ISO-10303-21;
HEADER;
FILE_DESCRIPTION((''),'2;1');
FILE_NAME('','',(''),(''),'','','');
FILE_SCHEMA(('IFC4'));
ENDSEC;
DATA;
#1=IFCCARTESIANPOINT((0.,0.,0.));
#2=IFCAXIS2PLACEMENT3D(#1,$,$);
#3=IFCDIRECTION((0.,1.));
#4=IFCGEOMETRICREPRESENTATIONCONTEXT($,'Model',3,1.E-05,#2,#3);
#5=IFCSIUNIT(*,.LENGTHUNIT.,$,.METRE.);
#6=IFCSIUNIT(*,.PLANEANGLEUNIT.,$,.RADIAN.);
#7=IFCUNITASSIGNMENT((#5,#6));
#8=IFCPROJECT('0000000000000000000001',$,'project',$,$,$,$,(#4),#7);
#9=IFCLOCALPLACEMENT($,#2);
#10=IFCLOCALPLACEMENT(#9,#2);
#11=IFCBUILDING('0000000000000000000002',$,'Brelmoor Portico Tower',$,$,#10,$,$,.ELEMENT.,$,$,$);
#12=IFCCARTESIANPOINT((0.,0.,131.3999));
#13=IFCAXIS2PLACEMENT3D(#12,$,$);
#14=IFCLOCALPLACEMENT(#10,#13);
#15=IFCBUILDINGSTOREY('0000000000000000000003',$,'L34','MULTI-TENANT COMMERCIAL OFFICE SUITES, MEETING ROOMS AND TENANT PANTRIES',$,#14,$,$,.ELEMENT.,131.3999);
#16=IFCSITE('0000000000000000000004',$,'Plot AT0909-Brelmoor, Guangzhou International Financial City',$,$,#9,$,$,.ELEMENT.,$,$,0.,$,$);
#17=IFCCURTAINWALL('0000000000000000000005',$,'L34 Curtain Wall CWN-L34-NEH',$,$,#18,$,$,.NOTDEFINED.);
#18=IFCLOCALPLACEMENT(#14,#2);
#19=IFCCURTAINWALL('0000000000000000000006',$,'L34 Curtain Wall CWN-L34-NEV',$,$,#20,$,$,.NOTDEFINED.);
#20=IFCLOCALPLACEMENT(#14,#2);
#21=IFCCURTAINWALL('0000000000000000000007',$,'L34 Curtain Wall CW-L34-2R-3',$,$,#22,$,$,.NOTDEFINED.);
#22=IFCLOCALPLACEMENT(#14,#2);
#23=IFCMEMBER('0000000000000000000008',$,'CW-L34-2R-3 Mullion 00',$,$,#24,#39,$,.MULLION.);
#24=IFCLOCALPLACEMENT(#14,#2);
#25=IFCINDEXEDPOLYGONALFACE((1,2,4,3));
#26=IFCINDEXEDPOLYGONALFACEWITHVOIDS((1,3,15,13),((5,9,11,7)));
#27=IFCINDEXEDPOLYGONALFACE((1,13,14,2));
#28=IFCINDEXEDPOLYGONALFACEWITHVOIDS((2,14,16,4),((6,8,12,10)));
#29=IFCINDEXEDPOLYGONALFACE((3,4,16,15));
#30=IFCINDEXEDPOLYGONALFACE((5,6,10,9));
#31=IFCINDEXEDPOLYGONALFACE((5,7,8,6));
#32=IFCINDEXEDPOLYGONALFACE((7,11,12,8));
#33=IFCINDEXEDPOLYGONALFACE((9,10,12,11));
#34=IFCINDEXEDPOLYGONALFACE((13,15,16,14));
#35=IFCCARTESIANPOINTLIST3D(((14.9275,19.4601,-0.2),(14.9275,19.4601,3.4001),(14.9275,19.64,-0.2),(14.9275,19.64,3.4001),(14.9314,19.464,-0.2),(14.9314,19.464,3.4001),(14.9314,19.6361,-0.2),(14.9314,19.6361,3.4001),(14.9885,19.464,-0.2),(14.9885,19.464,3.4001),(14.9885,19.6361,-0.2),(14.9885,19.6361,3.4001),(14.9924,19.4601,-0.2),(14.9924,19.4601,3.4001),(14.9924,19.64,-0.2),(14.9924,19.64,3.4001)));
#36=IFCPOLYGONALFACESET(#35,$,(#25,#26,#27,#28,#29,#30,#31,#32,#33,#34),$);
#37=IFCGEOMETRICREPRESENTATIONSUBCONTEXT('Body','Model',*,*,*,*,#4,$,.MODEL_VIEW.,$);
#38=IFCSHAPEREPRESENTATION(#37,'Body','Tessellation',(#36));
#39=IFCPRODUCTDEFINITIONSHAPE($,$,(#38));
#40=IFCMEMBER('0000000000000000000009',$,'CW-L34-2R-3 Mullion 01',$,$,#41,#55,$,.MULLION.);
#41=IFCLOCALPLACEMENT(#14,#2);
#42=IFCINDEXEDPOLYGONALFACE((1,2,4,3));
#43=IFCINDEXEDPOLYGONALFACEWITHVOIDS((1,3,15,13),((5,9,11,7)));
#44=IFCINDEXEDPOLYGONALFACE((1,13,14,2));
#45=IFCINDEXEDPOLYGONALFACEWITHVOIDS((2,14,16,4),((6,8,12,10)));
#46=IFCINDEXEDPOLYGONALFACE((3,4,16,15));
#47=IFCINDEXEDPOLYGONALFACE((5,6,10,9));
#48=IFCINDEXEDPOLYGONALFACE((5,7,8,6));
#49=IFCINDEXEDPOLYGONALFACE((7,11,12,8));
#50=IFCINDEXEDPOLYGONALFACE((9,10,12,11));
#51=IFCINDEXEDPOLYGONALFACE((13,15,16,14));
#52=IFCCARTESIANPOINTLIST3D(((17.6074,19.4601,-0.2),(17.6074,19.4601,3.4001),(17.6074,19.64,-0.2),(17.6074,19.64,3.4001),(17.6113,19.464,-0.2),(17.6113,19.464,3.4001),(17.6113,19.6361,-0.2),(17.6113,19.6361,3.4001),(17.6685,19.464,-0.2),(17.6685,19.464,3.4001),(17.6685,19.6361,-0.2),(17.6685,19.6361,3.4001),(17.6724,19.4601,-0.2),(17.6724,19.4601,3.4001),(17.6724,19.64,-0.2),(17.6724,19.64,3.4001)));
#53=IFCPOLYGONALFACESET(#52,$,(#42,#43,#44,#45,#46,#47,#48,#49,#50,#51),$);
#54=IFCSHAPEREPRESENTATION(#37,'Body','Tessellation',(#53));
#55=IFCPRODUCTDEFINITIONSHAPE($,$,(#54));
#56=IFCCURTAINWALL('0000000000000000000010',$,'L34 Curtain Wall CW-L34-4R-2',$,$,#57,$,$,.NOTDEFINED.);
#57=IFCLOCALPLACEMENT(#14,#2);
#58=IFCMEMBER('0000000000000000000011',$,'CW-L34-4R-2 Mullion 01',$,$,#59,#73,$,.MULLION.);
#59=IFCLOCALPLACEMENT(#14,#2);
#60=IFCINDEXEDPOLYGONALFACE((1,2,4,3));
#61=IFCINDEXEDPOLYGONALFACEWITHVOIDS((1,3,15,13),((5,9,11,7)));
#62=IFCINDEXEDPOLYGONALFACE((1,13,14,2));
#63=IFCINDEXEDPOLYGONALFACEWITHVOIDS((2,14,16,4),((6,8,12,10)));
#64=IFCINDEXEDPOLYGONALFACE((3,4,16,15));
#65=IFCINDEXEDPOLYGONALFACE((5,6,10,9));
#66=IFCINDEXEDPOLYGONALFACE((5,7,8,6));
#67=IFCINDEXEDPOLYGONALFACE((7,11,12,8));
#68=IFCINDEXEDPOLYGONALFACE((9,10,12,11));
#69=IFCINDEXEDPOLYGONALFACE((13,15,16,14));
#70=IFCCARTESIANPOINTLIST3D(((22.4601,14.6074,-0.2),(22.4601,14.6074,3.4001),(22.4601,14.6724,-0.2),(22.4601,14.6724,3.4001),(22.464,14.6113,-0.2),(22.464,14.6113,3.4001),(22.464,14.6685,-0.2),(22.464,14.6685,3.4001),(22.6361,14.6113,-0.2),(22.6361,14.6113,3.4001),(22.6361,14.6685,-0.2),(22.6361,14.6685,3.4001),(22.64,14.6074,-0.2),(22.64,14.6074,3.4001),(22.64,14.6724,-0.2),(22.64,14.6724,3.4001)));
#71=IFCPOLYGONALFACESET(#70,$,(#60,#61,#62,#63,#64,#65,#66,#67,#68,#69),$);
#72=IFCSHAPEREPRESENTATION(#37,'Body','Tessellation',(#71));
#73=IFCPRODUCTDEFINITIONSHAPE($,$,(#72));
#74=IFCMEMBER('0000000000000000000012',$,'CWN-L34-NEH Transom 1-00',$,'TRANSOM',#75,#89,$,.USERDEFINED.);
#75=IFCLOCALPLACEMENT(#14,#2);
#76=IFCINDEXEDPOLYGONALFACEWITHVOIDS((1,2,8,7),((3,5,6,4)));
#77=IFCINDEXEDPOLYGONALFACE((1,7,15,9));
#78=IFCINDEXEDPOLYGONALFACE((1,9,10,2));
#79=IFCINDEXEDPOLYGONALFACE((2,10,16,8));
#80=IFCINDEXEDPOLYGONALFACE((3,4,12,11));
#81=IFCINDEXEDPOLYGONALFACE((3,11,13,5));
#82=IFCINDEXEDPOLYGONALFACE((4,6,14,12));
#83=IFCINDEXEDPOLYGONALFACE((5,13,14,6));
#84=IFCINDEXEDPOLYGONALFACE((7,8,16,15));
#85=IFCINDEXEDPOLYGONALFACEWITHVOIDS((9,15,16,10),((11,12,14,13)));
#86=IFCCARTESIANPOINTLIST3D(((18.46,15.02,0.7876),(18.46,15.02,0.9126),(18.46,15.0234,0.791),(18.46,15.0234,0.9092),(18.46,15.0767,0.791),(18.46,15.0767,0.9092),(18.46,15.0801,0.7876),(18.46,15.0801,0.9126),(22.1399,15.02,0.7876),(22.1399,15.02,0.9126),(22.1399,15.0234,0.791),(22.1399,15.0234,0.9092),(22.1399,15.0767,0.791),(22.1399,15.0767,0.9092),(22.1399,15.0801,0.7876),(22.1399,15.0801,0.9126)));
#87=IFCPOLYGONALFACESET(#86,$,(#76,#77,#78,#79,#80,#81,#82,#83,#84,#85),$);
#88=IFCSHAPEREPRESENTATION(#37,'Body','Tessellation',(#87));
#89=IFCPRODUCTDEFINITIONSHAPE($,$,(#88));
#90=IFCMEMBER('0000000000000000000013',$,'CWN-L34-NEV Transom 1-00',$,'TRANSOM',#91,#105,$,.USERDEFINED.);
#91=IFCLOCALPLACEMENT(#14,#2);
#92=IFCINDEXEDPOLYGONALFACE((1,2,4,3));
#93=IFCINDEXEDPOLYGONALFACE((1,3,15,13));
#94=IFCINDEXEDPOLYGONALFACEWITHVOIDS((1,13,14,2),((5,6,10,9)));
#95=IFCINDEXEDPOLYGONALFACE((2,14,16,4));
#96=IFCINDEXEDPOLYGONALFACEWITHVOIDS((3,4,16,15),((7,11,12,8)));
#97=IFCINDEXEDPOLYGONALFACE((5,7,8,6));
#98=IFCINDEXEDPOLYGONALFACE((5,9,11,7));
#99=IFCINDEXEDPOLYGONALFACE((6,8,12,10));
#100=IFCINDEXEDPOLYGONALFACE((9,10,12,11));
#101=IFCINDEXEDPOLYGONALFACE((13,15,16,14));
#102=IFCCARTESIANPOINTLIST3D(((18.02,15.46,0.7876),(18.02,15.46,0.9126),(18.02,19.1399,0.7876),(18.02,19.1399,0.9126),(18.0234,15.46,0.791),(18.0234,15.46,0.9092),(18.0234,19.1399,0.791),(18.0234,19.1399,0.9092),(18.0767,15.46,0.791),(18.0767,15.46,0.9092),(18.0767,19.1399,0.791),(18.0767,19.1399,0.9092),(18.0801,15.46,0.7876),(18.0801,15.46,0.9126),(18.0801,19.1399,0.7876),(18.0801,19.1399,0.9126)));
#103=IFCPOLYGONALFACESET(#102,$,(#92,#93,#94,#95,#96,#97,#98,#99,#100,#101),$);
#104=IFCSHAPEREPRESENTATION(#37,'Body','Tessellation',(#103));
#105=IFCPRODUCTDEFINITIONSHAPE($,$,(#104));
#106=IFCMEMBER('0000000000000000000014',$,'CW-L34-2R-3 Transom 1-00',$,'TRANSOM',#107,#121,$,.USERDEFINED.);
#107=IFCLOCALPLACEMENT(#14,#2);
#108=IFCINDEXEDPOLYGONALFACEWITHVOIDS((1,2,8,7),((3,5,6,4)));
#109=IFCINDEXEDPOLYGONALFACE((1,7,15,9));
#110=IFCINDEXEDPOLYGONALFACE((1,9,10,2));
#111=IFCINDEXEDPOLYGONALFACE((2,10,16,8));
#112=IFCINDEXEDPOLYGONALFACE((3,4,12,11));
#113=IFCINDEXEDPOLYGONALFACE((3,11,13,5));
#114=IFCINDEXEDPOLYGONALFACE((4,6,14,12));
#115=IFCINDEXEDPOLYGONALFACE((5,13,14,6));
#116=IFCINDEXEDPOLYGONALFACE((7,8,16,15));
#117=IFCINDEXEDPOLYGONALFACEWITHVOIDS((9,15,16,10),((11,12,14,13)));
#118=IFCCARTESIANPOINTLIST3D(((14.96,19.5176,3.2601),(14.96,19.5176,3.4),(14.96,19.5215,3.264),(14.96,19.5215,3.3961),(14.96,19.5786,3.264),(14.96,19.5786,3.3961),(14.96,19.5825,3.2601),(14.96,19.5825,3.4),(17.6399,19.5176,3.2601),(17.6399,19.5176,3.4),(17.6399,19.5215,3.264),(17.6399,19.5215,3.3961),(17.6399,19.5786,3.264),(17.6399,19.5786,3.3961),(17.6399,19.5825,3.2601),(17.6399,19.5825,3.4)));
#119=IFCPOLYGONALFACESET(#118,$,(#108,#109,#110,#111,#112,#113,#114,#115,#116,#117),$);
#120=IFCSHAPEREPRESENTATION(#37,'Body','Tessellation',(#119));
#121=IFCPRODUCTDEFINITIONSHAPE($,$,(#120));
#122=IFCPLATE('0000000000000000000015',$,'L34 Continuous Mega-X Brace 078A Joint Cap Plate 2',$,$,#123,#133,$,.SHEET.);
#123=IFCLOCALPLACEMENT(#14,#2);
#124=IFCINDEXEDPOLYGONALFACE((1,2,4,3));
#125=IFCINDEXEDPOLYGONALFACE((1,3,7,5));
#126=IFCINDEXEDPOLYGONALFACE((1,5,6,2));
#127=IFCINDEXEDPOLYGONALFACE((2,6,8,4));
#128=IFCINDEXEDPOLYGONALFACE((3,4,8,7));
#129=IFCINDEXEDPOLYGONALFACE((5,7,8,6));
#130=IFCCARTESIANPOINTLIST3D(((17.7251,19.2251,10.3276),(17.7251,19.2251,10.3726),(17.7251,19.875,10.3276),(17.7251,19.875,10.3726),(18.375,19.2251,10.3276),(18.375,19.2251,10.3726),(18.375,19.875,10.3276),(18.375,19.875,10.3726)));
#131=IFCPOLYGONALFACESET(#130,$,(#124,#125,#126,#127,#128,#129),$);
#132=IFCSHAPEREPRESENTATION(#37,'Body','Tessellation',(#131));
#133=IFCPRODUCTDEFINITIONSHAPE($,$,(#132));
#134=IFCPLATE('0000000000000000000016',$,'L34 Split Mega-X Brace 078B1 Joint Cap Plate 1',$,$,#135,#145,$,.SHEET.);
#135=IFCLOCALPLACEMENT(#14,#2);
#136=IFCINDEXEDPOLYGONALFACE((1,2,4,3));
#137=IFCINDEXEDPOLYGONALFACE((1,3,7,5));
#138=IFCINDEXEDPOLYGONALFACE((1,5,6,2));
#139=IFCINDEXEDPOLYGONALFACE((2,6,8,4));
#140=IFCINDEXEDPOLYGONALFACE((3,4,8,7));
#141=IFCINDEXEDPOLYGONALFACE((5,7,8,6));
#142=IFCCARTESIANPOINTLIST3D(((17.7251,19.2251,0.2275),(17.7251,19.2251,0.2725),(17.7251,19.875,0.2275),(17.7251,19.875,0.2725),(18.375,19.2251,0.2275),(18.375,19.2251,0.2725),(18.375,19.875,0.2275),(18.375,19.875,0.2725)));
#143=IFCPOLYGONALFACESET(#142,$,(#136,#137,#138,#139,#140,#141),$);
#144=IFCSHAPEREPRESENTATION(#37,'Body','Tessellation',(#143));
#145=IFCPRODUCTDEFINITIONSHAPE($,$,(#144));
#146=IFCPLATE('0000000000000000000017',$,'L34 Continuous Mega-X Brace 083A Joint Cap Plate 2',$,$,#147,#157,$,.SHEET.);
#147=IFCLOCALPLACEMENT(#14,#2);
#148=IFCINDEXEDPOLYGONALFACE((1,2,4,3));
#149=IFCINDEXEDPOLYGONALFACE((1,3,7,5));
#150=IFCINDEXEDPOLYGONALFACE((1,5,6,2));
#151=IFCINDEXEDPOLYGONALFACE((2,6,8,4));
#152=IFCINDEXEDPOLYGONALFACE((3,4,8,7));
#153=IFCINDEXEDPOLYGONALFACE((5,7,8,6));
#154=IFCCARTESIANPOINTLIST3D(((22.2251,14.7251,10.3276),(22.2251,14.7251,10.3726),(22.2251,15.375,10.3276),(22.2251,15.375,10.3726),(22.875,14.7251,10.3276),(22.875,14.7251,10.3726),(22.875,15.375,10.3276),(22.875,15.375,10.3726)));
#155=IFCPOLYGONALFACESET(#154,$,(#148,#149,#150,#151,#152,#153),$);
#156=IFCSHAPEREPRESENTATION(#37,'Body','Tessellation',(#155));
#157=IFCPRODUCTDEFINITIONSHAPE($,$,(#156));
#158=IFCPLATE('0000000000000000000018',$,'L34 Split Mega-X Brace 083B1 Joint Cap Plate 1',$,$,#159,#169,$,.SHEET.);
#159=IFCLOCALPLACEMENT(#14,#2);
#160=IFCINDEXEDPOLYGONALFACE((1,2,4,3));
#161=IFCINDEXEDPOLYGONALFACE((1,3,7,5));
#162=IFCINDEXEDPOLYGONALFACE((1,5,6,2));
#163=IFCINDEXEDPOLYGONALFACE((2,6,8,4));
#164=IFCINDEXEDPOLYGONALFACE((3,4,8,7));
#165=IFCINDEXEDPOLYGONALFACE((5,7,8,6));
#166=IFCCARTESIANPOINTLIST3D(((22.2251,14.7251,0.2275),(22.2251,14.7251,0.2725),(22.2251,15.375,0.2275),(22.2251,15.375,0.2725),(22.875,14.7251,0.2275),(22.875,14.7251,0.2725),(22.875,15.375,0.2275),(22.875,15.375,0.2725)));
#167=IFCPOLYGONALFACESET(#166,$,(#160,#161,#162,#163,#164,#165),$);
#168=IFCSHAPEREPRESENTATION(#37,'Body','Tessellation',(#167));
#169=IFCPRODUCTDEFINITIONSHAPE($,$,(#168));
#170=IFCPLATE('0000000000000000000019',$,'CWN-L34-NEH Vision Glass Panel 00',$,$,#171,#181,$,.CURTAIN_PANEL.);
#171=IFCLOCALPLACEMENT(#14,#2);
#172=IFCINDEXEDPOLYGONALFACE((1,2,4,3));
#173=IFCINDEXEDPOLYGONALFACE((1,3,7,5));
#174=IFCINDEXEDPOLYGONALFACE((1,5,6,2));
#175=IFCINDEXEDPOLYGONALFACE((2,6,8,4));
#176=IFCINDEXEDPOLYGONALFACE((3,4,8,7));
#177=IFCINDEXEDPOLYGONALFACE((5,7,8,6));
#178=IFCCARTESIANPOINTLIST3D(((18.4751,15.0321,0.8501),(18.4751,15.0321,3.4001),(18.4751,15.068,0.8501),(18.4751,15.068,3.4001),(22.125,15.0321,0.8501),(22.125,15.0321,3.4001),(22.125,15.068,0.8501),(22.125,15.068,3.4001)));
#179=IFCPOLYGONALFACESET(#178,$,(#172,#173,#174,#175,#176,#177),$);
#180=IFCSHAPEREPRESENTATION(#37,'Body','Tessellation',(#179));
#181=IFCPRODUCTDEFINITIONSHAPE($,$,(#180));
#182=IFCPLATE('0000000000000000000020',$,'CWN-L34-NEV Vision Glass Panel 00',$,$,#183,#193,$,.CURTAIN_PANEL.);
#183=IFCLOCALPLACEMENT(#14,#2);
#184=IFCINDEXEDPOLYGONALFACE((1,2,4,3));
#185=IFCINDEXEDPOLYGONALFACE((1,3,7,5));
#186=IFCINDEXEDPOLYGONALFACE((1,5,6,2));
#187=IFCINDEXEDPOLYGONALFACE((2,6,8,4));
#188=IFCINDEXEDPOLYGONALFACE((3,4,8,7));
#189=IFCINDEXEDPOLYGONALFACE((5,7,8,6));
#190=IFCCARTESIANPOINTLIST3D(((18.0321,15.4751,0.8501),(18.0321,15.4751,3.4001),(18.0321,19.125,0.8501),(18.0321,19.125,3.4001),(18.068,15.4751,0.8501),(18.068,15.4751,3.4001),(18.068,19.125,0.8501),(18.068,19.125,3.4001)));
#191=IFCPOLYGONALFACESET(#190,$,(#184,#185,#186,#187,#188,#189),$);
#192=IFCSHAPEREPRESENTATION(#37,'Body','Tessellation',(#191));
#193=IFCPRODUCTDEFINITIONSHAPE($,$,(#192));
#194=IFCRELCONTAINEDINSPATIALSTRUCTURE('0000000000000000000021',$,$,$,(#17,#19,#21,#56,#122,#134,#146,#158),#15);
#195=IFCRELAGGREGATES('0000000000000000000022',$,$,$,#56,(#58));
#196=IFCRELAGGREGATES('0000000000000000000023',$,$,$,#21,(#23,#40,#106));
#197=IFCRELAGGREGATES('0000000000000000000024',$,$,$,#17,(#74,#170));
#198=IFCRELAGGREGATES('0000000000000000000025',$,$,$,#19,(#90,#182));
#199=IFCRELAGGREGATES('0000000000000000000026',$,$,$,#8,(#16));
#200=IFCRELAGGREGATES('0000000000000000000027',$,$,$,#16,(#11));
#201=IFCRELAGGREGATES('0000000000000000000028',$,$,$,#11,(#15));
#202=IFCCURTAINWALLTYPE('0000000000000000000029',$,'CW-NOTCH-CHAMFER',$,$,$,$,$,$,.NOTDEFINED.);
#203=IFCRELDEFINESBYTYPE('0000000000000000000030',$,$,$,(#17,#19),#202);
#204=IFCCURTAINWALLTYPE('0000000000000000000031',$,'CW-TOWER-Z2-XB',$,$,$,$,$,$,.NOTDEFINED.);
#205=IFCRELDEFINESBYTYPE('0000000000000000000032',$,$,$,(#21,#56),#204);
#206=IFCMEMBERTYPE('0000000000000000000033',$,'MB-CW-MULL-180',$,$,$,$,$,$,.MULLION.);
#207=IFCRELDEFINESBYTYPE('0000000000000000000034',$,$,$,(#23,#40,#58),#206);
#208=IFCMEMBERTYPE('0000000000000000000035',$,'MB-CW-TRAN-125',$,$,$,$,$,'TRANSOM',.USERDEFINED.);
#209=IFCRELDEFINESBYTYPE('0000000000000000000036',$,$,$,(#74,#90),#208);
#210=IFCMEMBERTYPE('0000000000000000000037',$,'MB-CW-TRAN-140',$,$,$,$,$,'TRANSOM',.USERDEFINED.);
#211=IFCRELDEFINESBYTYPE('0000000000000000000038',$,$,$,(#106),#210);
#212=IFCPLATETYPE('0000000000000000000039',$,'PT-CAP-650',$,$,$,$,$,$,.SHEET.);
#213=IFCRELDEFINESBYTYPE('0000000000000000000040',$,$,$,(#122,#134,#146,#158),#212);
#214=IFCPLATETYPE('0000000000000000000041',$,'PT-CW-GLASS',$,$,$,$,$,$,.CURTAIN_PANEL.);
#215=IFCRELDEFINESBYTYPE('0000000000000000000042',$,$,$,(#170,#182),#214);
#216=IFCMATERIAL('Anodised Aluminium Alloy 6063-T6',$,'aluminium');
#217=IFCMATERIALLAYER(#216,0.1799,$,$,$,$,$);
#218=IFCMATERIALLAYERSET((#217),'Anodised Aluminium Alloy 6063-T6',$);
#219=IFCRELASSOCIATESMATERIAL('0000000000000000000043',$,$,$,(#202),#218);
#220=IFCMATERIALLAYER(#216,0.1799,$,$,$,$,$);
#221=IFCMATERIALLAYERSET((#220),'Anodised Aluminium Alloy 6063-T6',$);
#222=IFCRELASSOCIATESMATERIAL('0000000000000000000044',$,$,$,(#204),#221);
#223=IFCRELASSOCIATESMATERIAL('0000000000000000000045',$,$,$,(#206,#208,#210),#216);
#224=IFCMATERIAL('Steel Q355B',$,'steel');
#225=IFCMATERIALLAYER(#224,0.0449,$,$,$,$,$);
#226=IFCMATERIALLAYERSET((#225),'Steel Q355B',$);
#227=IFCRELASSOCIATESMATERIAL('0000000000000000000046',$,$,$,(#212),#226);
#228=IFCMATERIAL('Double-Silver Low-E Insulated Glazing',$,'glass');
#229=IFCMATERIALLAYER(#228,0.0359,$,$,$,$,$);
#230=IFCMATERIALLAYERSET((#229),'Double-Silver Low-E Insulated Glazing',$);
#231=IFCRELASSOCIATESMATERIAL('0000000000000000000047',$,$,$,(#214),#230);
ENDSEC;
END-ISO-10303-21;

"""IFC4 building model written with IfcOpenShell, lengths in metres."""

from ifc_helpers import new_model, si_unit, direction, frame, origin, origin_2d, place, context, subcontext, project, spatial, rectangle, hollow_rectangle, extrude, material, layer, layer_set, material_profile, profile_set, type_object, element, aggregate, save


model = new_model("IFC4")

# Units and contexts
model_context = context("Model", 3, precision=1e-05, world=origin(), true_north=direction((0.0, 1.0)))
body_context = subcontext(model_context, "Body", "Model", "MODEL_VIEW")
ifc_project = project(units=[si_unit("LENGTHUNIT", "METRE"), si_unit("PLANEANGLEUNIT", "RADIAN")], contexts=[model_context])

# Site, building, storey
site_placement = place(None, origin())
site = spatial("IfcSite", under=ifc_project, at=site_placement, Name="Plot AT0909-Brelmoor, Guangzhou International Financial City", CompositionType="ELEMENT", RefElevation=0.0)
building_placement = place(site_placement, origin())
building = spatial("IfcBuilding", under=site, at=building_placement, Name="Brelmoor Portico Tower", CompositionType="ELEMENT")
storey_placement = place(building_placement, frame((0.0, 0.0, 131.3999)))
storey = spatial("IfcBuildingStorey", under=building, at=storey_placement, Name="L34", Description="MULTI-TENANT COMMERCIAL OFFICE SUITES, MEETING ROOMS AND TENANT PANTRIES", CompositionType="ELEMENT", Elevation=131.3999)

# Shared definitions
ifc_material_1 = material(Name="Steel Q355B", Category="steel")

# Curtain walls, members
ifc_material_2 = material(Name="Anodised Aluminium Alloy 6063-T6", Category="aluminium")
ifc_layer_1 = layer(ifc_material_2, 0.1799)
ifc_layer_set_1 = layer_set([ifc_layer_1], Name="Anodised Aluminium Alloy 6063-T6")
curtain_wall_type_1 = type_object("IfcCurtainWallType", Name="CW-NOTCH-CHAMFER", PredefinedType="NOTDEFINED", material=ifc_layer_set_1)
curtain_wall_1_placement = place(storey_placement, origin())
curtain_wall_1 = element("IfcCurtainWall", 1, at=curtain_wall_1_placement, inside=storey, type_object=curtain_wall_type_1, Name="L34 Curtain Wall CWN-L34-NEH", PredefinedType="NOTDEFINED")
curtain_wall_2_placement = place(storey_placement, origin())
curtain_wall_2 = element("IfcCurtainWall", 2, at=curtain_wall_2_placement, inside=storey, type_object=curtain_wall_type_1, Name="L34 Curtain Wall CWN-L34-NEV", PredefinedType="NOTDEFINED")
ifc_layer_2 = layer(ifc_material_2, 0.1799)
ifc_layer_set_2 = layer_set([ifc_layer_2], Name="Anodised Aluminium Alloy 6063-T6")
curtain_wall_type_2 = type_object("IfcCurtainWallType", Name="CW-TOWER-Z2-XB", PredefinedType="NOTDEFINED", material=ifc_layer_set_2)
curtain_wall_3_placement = place(storey_placement, origin())
curtain_wall_3 = element("IfcCurtainWall", 3, at=curtain_wall_3_placement, inside=storey, type_object=curtain_wall_type_2, Name="L34 Curtain Wall CW-L34-2R-3", PredefinedType="NOTDEFINED")
ifc_material_profile_1 = material_profile(ifc_material_2, hollow_rectangle(XDim=0.0649, YDim=0.1799, WallThickness=0.0039, at=origin_2d()), Name="ALU MULLION 65x180")
ifc_profile_set_1 = profile_set([ifc_material_profile_1], Name="Anodised Aluminium Alloy 6063-T6")
member_type_1 = type_object("IfcMemberType", Name="MB-CW-MULL-180", PredefinedType="MULLION", material=ifc_profile_set_1)
member_1_placement = place(storey_placement, frame((14.96, 19.55, -0.2), z_axis=(0.0, 0.0, 1.0), x_axis=(1.0, 0.0, 0.0)))
member_1 = element("IfcMember", 4, at=member_1_placement, type_object=member_type_1, Name="CW-L34-2R-3 Mullion 00", PredefinedType="MULLION", context=body_context, shape_type="SweptSolid", body=[
    extrude(hollow_rectangle(XDim=0.0649, YDim=0.1799, WallThickness=0.0039, at=origin_2d()), origin(), (0.0, 0.0, 1.0), 3.6001),
])
member_2_placement = place(storey_placement, frame((17.6399, 19.55, -0.2), z_axis=(0.0, 0.0, 1.0), x_axis=(1.0, 0.0, 0.0)))
member_2 = element("IfcMember", 5, at=member_2_placement, type_object=member_type_1, Name="CW-L34-2R-3 Mullion 01", PredefinedType="MULLION", context=body_context, shape_type="SweptSolid", body=[
    extrude(hollow_rectangle(XDim=0.0649, YDim=0.1799, WallThickness=0.0039, at=origin_2d()), origin(), (0.0, 0.0, 1.0), 3.6001),
])

# Curtain wall, member
curtain_wall_4_placement = place(storey_placement, origin())
curtain_wall_4 = element("IfcCurtainWall", 6, at=curtain_wall_4_placement, inside=storey, type_object=curtain_wall_type_2, Name="L34 Curtain Wall CW-L34-4R-2", PredefinedType="NOTDEFINED")
member_3_placement = place(storey_placement, frame((22.55, 14.6399, -0.2), z_axis=(0.0, 0.0, 1.0), x_axis=(0.0, 1.0, 0.0)))
member_3 = element("IfcMember", 7, at=member_3_placement, type_object=member_type_1, Name="CW-L34-4R-2 Mullion 01", PredefinedType="MULLION", context=body_context, shape_type="SweptSolid", body=[
    extrude(hollow_rectangle(XDim=0.0649, YDim=0.1799, WallThickness=0.0039, at=origin_2d()), origin(), (0.0, 0.0, 1.0), 3.6001),
])
aggregate(curtain_wall_4, [member_3])

# Members
ifc_material_profile_2 = material_profile(ifc_material_2, hollow_rectangle(XDim=0.0601, YDim=0.125, WallThickness=0.0034, at=origin_2d()), Name="ALU TRANSOM 60x125")
ifc_profile_set_2 = profile_set([ifc_material_profile_2], Name="Anodised Aluminium Alloy 6063-T6")
member_type_2 = type_object("IfcMemberType", Name="MB-CW-TRAN-125", ElementType="TRANSOM", PredefinedType="USERDEFINED", material=ifc_profile_set_2)
member_4_placement = place(storey_placement, frame((18.46, 15.05, 0.8501), z_axis=(1.0, 0.0, 0.0), x_axis=(0.0, 1.0, 0.0)))
member_4 = element("IfcMember", 8, at=member_4_placement, type_object=member_type_2, Name="CWN-L34-NEH Transom 1-00", ObjectType="TRANSOM", PredefinedType="USERDEFINED", context=body_context, shape_type="SweptSolid", body=[
    extrude(hollow_rectangle(XDim=0.0601, YDim=0.125, WallThickness=0.0034, at=origin_2d()), origin(), (0.0, 0.0, 1.0), 3.6799),
])
member_5_placement = place(storey_placement, frame((18.05, 15.46, 0.8501), z_axis=(0.0, 1.0, 0.0), x_axis=(-1.0, 0.0, 0.0)))
member_5 = element("IfcMember", 9, at=member_5_placement, type_object=member_type_2, Name="CWN-L34-NEV Transom 1-00", ObjectType="TRANSOM", PredefinedType="USERDEFINED", context=body_context, shape_type="SweptSolid", body=[
    extrude(hollow_rectangle(XDim=0.0601, YDim=0.125, WallThickness=0.0034, at=origin_2d()), origin(), (0.0, 0.0, 1.0), 3.6799),
])
ifc_material_profile_3 = material_profile(ifc_material_2, hollow_rectangle(XDim=0.0649, YDim=0.1399, WallThickness=0.0039, at=origin_2d()), Name="ALU TRANSOM 65x140")
ifc_profile_set_3 = profile_set([ifc_material_profile_3], Name="Anodised Aluminium Alloy 6063-T6")
member_type_3 = type_object("IfcMemberType", Name="MB-CW-TRAN-140", ElementType="TRANSOM", PredefinedType="USERDEFINED", material=ifc_profile_set_3)
member_6_placement = place(storey_placement, frame((14.96, 19.55, 3.3301), z_axis=(1.0, 0.0, 0.0), x_axis=(0.0, 1.0, 0.0)))
member_6 = element("IfcMember", 10, at=member_6_placement, type_object=member_type_3, Name="CW-L34-2R-3 Transom 1-00", ObjectType="TRANSOM", PredefinedType="USERDEFINED", context=body_context, shape_type="SweptSolid", body=[
    extrude(hollow_rectangle(XDim=0.0649, YDim=0.1399, WallThickness=0.0039, at=origin_2d()), origin(), (0.0, 0.0, 1.0), 2.6799),
])

# Plates
ifc_layer_3 = layer(ifc_material_1, 0.0449)
ifc_layer_set_3 = layer_set([ifc_layer_3], Name="Steel Q355B")
plate_type_1 = type_object("IfcPlateType", Name="PT-CAP-650", PredefinedType="SHEET", material=ifc_layer_set_3)
for number, where, z_axis, x_axis, name in (
    (11, (18.05, 19.55, 10.3276), (0.0, 0.0, 1.0), (1.0, 0.0, 0.0), "L34 Continuous Mega-X Brace 078A Joint Cap Plate 2"),
    (12, (18.05, 19.55, 0.2275), (0.0, 0.0, 1.0), (1.0, 0.0, 0.0), "L34 Split Mega-X Brace 078B1 Joint Cap Plate 1"),
    (13, (22.55, 15.05, 10.3276), (0.0, 0.0, 1.0), (1.0, 0.0, 0.0), "L34 Continuous Mega-X Brace 083A Joint Cap Plate 2"),
    (14, (22.55, 15.05, 0.2275), (0.0, 0.0, 1.0), (1.0, 0.0, 0.0), "L34 Split Mega-X Brace 083B1 Joint Cap Plate 1"),
):
    element("IfcPlate", number, at=place(storey_placement, frame(where, z_axis=z_axis, x_axis=x_axis)), inside=storey, type_object=plate_type_1, Name=name, PredefinedType="SHEET", context=body_context, shape_type="SweptSolid", body=[
        extrude(rectangle(XDim=0.6499, YDim=0.6499, at=origin_2d()), origin(), (0.0, 0.0, 1.0), 0.0449),
    ])

# Plates
ifc_material_3 = material(Name="Double-Silver Low-E Insulated Glazing", Category="glass")
ifc_layer_4 = layer(ifc_material_3, 0.0359)
ifc_layer_set_4 = layer_set([ifc_layer_4], Name="Double-Silver Low-E Insulated Glazing")
plate_type_2 = type_object("IfcPlateType", Name="PT-CW-GLASS", PredefinedType="CURTAIN_PANEL", material=ifc_layer_set_4)
plate_1_placement = place(storey_placement, frame((20.3, 15.05, 0.8501), z_axis=(0.0, 0.0, 1.0), x_axis=(1.0, 0.0, 0.0)))
plate_1 = element("IfcPlate", 15, at=plate_1_placement, type_object=plate_type_2, Name="CWN-L34-NEH Vision Glass Panel 00", PredefinedType="CURTAIN_PANEL", context=body_context, shape_type="SweptSolid", body=[
    extrude(rectangle(XDim=3.6499, YDim=0.0359, at=origin_2d()), origin(), (0.0, 0.0, 1.0), 2.55),
])
plate_2_placement = place(storey_placement, frame((18.05, 17.3, 0.8501), z_axis=(0.0, 0.0, 1.0), x_axis=(0.0, 1.0, 0.0)))
plate_2 = element("IfcPlate", 16, at=plate_2_placement, type_object=plate_type_2, Name="CWN-L34-NEV Vision Glass Panel 00", PredefinedType="CURTAIN_PANEL", context=body_context, shape_type="SweptSolid", body=[
    extrude(rectangle(XDim=3.6499, YDim=0.0359, at=origin_2d()), origin(), (0.0, 0.0, 1.0), 2.55),
])
aggregate(curtain_wall_3, [member_1, member_2, member_6])
aggregate(curtain_wall_1, [member_4, plate_1])
aggregate(curtain_wall_2, [member_5, plate_2])

save(model, "model.ifc")
